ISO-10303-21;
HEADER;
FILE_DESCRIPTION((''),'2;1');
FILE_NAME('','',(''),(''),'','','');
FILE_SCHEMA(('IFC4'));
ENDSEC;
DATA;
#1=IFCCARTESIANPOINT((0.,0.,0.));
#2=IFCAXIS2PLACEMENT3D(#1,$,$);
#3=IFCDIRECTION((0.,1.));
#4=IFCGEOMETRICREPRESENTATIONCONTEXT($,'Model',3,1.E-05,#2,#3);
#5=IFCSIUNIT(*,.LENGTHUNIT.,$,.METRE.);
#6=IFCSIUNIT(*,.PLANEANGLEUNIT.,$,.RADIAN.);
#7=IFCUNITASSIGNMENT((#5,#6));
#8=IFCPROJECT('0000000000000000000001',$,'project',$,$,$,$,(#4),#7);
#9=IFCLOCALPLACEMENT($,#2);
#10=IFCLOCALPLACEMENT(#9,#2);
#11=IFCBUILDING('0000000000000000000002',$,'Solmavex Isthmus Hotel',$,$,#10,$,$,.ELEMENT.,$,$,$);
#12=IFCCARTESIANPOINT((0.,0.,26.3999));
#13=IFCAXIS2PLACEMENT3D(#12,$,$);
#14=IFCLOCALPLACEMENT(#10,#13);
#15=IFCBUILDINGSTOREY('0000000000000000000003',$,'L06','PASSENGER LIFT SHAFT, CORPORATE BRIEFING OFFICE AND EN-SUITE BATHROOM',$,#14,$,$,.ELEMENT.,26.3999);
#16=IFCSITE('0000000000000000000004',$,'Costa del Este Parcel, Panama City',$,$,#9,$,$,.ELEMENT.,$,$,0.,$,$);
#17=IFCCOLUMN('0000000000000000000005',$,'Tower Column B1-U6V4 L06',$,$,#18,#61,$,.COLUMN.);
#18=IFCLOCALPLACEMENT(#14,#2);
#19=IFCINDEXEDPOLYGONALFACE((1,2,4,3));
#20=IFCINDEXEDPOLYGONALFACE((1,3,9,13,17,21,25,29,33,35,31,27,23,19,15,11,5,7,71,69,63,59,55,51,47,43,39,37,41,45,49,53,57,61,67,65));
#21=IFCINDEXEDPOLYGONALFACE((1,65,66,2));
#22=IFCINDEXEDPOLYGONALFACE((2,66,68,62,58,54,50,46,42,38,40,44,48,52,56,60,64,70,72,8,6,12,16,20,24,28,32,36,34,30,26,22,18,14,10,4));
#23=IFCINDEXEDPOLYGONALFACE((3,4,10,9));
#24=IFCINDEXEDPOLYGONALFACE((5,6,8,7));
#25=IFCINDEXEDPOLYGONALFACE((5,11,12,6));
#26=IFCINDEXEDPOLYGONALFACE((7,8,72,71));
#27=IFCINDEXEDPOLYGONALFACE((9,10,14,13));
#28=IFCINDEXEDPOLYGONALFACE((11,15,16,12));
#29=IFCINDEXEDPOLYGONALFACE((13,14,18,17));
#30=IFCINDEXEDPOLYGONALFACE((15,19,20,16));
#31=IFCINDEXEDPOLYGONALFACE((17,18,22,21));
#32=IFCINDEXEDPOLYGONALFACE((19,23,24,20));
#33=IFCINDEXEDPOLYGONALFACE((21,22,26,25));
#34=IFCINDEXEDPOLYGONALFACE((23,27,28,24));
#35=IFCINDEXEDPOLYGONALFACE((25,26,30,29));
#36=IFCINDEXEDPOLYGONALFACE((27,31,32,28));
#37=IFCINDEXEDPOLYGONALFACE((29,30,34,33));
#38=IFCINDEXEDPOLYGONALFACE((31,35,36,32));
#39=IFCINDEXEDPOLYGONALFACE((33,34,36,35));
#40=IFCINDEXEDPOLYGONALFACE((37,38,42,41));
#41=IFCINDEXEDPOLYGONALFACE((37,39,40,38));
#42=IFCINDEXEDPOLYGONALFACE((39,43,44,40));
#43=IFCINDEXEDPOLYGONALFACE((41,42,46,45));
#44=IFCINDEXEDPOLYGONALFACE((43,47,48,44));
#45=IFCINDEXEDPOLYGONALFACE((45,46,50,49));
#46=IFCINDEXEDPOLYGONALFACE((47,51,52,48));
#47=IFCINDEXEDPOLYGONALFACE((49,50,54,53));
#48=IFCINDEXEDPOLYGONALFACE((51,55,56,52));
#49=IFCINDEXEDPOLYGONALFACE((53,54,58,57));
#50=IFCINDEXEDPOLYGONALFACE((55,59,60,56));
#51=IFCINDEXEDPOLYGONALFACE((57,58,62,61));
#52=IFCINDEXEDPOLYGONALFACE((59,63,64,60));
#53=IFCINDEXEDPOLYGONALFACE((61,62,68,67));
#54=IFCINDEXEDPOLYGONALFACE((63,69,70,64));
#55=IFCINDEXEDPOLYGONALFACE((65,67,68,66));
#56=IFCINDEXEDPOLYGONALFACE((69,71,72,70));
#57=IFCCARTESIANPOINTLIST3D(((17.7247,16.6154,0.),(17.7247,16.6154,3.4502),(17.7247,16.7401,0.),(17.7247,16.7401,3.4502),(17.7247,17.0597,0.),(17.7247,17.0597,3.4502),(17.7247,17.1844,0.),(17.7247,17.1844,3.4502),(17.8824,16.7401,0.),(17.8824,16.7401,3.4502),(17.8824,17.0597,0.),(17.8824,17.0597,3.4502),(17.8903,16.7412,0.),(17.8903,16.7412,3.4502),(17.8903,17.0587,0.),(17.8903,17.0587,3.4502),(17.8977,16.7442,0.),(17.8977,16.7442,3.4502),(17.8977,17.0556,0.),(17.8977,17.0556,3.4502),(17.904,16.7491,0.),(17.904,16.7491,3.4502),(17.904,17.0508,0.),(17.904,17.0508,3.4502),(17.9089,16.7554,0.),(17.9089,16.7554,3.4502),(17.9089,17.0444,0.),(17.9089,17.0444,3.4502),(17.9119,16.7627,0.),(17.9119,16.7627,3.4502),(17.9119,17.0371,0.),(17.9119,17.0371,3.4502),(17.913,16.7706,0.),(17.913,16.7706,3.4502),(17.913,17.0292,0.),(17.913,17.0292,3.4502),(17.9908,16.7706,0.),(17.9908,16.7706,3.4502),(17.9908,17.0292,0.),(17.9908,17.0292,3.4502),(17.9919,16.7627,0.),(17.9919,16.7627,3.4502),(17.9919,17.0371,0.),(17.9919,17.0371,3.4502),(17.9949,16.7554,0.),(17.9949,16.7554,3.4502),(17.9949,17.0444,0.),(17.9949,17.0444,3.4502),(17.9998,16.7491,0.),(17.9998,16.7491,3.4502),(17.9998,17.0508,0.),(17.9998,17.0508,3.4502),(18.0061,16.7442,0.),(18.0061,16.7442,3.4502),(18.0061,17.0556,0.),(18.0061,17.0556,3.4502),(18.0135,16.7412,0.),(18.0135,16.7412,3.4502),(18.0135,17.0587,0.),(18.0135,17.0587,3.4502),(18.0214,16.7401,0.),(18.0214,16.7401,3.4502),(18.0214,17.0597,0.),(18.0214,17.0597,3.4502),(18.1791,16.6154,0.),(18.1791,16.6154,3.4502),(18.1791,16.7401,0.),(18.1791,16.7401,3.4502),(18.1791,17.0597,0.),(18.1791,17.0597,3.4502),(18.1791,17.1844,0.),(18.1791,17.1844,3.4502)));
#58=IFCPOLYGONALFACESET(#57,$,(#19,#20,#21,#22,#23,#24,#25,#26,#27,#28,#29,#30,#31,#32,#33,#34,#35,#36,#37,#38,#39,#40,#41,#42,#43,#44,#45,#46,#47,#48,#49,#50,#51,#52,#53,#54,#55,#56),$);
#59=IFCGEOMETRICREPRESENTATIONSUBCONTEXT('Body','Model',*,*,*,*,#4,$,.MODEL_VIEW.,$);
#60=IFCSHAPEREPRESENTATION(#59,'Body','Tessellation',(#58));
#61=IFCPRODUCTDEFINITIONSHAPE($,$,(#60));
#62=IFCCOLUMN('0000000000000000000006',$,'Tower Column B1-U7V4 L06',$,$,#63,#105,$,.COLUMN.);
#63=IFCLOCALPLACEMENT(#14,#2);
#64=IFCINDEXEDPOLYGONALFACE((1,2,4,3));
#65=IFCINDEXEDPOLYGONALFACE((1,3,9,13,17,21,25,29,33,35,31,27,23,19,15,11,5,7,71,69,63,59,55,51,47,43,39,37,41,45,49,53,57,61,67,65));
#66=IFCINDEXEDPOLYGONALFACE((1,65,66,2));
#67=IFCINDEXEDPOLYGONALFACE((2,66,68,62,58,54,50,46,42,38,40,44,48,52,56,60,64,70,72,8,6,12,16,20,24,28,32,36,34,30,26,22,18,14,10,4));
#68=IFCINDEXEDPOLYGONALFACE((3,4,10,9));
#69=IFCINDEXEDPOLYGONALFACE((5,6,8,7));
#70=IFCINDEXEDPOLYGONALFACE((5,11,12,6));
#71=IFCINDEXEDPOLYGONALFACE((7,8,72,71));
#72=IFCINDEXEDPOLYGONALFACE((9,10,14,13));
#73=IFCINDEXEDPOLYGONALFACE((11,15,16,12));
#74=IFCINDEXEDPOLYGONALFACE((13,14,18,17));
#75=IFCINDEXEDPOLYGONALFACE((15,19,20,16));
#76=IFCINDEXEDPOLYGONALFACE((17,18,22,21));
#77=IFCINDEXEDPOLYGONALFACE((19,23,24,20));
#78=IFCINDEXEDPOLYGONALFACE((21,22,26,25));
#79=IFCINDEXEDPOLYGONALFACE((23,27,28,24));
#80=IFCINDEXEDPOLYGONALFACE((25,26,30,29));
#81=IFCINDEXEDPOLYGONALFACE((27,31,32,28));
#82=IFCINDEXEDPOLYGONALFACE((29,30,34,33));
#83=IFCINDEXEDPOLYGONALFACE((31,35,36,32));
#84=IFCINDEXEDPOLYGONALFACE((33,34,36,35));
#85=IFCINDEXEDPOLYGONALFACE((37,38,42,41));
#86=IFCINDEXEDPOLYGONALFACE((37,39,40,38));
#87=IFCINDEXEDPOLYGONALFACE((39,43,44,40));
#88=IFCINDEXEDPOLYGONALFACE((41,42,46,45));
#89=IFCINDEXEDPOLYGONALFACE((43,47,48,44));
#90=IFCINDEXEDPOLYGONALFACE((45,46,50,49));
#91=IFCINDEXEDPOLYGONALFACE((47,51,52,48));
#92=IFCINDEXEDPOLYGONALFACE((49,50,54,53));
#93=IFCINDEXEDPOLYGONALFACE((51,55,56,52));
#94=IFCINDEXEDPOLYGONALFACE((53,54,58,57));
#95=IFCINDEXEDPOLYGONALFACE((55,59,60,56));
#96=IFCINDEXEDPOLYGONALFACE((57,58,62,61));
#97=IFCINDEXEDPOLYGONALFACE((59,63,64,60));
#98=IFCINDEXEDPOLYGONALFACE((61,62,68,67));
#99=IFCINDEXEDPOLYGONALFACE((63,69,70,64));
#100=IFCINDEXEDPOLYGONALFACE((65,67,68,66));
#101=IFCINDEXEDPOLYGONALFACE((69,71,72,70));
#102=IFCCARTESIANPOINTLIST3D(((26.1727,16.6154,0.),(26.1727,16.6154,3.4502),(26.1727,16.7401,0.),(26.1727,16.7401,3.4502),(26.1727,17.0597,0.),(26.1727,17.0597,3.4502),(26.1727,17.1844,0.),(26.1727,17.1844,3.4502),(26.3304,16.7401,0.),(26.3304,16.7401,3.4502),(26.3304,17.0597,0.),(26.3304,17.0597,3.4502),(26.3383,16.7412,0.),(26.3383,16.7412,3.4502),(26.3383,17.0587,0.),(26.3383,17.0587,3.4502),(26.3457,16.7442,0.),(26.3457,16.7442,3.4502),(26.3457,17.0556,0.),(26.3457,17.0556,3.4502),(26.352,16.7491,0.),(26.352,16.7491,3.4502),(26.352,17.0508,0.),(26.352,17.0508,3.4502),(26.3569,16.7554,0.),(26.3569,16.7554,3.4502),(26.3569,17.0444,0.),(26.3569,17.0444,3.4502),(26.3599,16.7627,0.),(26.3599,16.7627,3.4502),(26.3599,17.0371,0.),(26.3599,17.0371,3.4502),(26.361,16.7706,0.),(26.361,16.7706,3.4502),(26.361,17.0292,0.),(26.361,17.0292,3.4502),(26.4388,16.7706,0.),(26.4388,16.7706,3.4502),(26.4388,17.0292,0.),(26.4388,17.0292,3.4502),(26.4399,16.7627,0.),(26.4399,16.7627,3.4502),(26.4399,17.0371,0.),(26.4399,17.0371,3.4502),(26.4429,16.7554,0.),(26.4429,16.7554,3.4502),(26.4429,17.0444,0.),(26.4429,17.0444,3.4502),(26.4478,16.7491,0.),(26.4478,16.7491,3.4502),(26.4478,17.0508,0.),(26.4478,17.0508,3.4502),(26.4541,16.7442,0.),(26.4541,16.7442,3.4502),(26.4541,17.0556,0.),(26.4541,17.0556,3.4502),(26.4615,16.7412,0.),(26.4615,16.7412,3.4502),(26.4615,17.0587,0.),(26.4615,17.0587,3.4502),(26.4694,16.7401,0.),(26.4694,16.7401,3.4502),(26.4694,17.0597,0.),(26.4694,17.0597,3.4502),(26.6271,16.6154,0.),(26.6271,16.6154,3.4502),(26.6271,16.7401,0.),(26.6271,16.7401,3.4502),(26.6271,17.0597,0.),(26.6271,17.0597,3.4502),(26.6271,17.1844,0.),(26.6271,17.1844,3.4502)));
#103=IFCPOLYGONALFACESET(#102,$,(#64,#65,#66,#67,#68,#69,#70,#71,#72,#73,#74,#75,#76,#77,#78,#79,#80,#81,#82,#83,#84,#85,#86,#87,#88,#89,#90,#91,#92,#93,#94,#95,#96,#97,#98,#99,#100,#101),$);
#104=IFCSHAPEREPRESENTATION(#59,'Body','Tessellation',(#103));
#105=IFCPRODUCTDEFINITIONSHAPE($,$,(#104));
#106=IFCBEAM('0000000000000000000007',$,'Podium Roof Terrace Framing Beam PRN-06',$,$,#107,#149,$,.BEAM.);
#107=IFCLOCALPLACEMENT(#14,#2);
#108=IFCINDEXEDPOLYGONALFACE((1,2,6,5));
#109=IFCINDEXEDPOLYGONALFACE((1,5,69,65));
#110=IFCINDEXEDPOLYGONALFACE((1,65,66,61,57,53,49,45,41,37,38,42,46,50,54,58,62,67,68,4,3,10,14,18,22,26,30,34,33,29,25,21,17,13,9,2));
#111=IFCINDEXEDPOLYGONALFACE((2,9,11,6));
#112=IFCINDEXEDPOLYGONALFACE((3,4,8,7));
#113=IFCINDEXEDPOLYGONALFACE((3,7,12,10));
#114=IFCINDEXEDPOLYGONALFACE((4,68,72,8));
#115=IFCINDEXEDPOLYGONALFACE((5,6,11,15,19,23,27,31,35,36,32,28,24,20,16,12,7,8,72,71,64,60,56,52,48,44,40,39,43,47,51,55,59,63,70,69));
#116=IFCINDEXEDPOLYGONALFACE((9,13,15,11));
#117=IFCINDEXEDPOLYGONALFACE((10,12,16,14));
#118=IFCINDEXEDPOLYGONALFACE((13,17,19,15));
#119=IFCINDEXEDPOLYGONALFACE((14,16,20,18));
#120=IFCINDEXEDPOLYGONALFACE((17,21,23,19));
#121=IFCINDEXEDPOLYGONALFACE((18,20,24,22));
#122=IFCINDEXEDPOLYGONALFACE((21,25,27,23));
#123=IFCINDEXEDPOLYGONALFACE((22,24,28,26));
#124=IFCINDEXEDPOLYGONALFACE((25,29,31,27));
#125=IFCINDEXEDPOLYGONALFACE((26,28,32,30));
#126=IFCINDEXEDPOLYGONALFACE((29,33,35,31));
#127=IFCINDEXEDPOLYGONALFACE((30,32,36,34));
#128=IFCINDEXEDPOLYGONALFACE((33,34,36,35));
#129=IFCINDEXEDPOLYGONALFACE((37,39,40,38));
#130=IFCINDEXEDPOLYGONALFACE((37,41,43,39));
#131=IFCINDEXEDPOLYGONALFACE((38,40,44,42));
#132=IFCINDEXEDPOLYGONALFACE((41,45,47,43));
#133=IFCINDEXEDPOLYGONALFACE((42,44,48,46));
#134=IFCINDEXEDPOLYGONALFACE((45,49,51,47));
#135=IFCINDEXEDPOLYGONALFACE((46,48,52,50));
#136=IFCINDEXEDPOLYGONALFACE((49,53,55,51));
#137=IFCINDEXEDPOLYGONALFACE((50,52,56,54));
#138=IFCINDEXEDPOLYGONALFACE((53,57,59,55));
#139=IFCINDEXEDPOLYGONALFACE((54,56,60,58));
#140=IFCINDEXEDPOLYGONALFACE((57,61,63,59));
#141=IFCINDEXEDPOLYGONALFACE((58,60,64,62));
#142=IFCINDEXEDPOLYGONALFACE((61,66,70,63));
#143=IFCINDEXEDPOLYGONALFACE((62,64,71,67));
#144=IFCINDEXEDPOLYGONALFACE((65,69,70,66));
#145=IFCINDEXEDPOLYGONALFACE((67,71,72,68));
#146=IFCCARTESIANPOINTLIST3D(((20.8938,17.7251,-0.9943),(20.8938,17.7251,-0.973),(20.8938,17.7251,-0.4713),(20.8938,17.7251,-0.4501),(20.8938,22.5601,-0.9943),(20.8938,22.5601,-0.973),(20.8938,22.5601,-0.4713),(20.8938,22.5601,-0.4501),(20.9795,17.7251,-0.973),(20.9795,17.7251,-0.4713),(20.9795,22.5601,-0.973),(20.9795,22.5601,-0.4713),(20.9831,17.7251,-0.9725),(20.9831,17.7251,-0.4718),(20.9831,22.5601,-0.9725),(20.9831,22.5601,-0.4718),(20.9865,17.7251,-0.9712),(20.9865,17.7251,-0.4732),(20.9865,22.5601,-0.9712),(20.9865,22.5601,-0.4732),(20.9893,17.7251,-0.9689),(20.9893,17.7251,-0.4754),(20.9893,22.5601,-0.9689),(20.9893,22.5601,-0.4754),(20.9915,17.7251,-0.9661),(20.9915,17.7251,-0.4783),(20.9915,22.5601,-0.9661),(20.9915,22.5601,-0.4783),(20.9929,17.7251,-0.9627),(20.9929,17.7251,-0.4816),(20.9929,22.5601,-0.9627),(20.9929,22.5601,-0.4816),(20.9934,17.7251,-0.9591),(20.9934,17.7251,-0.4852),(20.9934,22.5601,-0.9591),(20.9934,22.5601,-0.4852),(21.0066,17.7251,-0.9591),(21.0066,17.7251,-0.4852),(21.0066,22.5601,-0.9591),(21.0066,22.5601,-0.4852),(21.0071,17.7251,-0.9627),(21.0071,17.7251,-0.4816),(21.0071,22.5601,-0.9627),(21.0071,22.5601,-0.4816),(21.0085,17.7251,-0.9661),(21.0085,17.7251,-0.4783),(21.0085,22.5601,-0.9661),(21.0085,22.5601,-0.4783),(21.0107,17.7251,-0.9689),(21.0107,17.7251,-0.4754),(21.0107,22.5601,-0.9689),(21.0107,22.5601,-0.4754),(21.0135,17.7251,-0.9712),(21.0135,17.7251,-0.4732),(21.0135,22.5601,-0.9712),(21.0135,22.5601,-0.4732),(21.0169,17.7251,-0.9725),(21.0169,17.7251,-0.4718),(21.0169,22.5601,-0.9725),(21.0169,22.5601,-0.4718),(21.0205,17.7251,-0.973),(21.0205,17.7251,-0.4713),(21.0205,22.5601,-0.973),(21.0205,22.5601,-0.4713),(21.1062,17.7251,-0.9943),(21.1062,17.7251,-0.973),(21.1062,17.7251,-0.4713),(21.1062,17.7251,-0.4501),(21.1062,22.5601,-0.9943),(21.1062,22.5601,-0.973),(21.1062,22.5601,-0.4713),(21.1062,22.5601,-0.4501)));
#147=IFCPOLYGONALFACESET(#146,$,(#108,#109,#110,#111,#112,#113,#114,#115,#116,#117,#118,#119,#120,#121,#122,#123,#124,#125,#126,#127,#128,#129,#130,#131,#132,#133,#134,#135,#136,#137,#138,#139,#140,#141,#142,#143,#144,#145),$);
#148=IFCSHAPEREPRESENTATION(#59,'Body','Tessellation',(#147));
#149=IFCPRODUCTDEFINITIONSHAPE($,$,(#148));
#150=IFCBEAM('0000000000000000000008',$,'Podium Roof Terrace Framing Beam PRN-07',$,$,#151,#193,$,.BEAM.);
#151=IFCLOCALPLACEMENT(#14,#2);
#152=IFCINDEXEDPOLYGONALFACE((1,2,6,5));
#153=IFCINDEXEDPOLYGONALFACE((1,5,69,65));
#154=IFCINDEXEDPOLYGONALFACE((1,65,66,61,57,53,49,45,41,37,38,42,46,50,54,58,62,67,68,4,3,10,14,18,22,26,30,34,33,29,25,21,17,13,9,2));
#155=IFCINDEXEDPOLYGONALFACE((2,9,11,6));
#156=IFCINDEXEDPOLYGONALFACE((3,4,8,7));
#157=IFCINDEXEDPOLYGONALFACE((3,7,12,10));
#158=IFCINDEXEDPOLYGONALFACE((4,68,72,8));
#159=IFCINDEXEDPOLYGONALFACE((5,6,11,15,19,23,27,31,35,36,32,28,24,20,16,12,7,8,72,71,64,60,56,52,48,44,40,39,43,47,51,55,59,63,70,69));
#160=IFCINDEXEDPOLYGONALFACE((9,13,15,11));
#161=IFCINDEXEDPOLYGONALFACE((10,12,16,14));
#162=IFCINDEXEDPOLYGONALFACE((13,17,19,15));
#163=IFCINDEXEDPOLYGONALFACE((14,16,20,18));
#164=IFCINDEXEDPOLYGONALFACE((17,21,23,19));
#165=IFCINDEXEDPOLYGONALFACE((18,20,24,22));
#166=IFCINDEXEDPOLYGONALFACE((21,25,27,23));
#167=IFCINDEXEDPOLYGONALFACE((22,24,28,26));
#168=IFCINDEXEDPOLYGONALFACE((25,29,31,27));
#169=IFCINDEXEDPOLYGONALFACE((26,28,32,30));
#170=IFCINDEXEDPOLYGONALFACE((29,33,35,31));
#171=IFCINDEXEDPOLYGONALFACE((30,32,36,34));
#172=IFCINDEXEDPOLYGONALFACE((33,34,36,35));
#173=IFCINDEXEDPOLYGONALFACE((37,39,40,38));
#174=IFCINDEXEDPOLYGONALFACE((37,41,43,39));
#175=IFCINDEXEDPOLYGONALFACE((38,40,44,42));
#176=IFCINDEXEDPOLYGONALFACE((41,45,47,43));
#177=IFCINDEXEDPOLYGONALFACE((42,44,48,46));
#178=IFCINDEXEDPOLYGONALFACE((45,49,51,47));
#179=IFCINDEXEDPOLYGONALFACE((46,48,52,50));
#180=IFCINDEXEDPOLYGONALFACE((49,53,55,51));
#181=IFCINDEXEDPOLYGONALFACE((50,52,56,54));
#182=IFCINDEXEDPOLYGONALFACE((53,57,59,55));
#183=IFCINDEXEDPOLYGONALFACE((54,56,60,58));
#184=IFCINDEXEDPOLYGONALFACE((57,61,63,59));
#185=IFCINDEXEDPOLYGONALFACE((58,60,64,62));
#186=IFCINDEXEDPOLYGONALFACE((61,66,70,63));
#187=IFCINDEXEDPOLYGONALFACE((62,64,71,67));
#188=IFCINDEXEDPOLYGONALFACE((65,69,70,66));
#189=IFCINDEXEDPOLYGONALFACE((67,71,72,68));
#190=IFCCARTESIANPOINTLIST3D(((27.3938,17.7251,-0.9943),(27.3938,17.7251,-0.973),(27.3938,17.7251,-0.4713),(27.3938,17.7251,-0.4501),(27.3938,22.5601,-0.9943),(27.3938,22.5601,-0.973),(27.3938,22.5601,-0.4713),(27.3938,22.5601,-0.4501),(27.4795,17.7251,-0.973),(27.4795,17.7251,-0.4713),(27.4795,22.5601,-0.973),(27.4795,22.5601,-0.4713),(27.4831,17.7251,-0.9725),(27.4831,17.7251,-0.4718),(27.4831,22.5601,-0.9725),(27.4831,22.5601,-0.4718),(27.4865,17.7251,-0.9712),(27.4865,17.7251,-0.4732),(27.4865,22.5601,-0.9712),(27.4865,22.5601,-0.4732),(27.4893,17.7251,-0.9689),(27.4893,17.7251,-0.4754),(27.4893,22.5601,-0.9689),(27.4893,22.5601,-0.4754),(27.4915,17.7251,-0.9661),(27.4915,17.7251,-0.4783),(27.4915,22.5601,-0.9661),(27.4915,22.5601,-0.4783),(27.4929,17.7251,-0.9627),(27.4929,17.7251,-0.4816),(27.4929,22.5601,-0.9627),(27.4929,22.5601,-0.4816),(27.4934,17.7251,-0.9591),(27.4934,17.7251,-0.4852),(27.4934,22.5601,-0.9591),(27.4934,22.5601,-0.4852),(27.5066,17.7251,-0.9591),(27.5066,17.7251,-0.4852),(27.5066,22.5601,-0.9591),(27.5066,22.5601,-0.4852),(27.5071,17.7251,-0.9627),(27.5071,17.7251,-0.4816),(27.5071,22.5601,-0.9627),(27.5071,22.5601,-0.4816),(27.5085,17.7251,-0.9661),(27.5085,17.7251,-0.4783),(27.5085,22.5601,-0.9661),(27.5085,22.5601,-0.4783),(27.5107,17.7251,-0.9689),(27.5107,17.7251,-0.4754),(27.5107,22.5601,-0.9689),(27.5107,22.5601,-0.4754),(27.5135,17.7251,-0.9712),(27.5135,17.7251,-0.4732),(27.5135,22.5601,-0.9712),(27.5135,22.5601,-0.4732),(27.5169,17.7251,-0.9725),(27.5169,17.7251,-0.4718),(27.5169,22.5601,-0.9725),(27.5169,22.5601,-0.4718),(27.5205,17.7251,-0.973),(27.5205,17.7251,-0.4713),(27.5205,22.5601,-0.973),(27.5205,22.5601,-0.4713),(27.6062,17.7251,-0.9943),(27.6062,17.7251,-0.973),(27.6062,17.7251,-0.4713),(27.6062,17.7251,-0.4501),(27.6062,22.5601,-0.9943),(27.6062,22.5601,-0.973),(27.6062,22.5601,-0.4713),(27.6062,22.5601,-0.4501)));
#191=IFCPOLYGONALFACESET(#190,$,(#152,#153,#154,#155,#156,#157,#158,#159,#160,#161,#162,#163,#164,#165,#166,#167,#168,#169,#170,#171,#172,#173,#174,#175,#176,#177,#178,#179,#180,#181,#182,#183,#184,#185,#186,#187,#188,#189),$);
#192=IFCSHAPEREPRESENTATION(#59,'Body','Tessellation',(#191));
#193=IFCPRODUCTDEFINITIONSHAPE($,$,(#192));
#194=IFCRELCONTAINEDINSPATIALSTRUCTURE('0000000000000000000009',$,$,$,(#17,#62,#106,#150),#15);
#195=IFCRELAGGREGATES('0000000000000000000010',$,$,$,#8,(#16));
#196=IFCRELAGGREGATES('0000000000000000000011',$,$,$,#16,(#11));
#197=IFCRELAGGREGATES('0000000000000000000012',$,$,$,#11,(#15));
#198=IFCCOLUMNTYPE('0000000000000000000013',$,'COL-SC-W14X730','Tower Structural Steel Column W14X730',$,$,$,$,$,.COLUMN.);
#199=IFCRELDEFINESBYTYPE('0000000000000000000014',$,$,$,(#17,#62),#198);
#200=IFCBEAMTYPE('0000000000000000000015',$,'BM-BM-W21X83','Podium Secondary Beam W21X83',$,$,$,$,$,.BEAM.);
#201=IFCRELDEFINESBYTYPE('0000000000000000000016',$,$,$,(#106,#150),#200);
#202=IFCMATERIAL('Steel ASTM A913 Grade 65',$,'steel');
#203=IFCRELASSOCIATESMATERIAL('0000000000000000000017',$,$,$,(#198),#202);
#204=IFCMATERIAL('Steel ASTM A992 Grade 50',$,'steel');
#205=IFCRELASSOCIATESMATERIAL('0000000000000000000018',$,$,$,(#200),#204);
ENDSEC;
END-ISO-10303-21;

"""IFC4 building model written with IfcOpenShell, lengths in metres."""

from ifc_helpers import new_model, si_unit, direction, frame, origin, origin_2d, place, context, subcontext, project, spatial, i_section, extrude, material, material_profile, profile_set, type_object, element, save


model = new_model("IFC4")

# Units and contexts
model_context = context("Model", 3, precision=1e-05, world=origin(), true_north=direction((0.0, 1.0)))
body_context = subcontext(model_context, "Body", "Model", "MODEL_VIEW")
ifc_project = project(units=[si_unit("LENGTHUNIT", "METRE"), si_unit("PLANEANGLEUNIT", "RADIAN")], contexts=[model_context])

# Site, building, storey
site_placement = place(None, origin())
site = spatial("IfcSite", under=ifc_project, at=site_placement, Name="Costa del Este Parcel, Panama City", CompositionType="ELEMENT", RefElevation=0.0)
building_placement = place(site_placement, origin())
building = spatial("IfcBuilding", under=site, at=building_placement, Name="Solmavex Isthmus Hotel", CompositionType="ELEMENT")
storey_placement = place(building_placement, frame((0.0, 0.0, 26.3999)))
storey = spatial("IfcBuildingStorey", under=building, at=storey_placement, Name="L06", Description="PASSENGER LIFT SHAFT, CORPORATE BRIEFING OFFICE AND EN-SUITE BATHROOM", CompositionType="ELEMENT", Elevation=26.3999)

# Columns
ifc_material_1 = material(Name="Steel ASTM A913 Grade 65", Category="steel")
ifc_material_profile_1 = material_profile(ifc_material_1, i_section(OverallWidth=0.4543, OverallDepth=0.5691, WebThickness=0.0779, FlangeThickness=0.1248, FilletRadius=0.0305, at=origin_2d()), Name="W14X730")
ifc_profile_set_1 = profile_set([ifc_material_profile_1], Name="Steel ASTM A913 Grade 65")
column_type = type_object("IfcColumnType", Name="COL-SC-W14X730", Description="Tower Structural Steel Column W14X730", PredefinedType="COLUMN", material=ifc_profile_set_1)
for number, where, z_axis, x_axis, name in (
    (1, (17.9519, 16.8999, 0.0), (0.0, 0.0, 1.0), (1.0, 0.0, 0.0), "Tower Column B1-U6V4 L06"),
    (2, (26.3999, 16.8999, 0.0), (0.0, 0.0, 1.0), (1.0, 0.0, 0.0), "Tower Column B1-U7V4 L06"),
):
    element("IfcColumn", number, at=place(storey_placement, frame(where, z_axis=z_axis, x_axis=x_axis)), inside=storey, type_object=column_type, Name=name, PredefinedType="COLUMN", context=body_context, shape_type="SweptSolid", body=[
        extrude(i_section(OverallWidth=0.4543, OverallDepth=0.5691, WebThickness=0.0779, FlangeThickness=0.1248, FilletRadius=0.0305, at=origin_2d()), origin(), (0.0, 0.0, 1.0), 3.4502),
    ])

# Beams
ifc_material_2 = material(Name="Steel ASTM A992 Grade 50", Category="steel")
ifc_material_profile_2 = material_profile(ifc_material_2, i_section(OverallWidth=0.2124, OverallDepth=0.5442, WebThickness=0.0132, FlangeThickness=0.0212, FilletRadius=0.0139, at=origin_2d()), Name="W21X83")
ifc_profile_set_2 = profile_set([ifc_material_profile_2], Name="Steel ASTM A992 Grade 50")
beam_type_1 = type_object("IfcBeamType", Name="BM-BM-W21X83", Description="Podium Secondary Beam W21X83", PredefinedType="BEAM", material=ifc_profile_set_2)
for number, where, z_axis, x_axis, name in (
    (3, (21.0, 17.7251, -0.7222), (0.0, 1.0, 0.0), (-1.0, 0.0, 0.0), "Podium Roof Terrace Framing Beam PRN-06"),
    (4, (27.5, 17.7251, -0.7222), (0.0, 1.0, 0.0), (-1.0, 0.0, 0.0), "Podium Roof Terrace Framing Beam PRN-07"),
):
    element("IfcBeam", number, at=place(storey_placement, frame(where, z_axis=z_axis, x_axis=x_axis)), inside=storey, type_object=beam_type_1, Name=name, PredefinedType="BEAM", context=body_context, shape_type="SweptSolid", body=[
        extrude(i_section(OverallWidth=0.2124, OverallDepth=0.5442, WebThickness=0.0132, FlangeThickness=0.0212, FilletRadius=0.0139, at=origin_2d()), origin(), (0.0, 0.0, 1.0), 4.835),
    ])

save(model, "model.ifc")
